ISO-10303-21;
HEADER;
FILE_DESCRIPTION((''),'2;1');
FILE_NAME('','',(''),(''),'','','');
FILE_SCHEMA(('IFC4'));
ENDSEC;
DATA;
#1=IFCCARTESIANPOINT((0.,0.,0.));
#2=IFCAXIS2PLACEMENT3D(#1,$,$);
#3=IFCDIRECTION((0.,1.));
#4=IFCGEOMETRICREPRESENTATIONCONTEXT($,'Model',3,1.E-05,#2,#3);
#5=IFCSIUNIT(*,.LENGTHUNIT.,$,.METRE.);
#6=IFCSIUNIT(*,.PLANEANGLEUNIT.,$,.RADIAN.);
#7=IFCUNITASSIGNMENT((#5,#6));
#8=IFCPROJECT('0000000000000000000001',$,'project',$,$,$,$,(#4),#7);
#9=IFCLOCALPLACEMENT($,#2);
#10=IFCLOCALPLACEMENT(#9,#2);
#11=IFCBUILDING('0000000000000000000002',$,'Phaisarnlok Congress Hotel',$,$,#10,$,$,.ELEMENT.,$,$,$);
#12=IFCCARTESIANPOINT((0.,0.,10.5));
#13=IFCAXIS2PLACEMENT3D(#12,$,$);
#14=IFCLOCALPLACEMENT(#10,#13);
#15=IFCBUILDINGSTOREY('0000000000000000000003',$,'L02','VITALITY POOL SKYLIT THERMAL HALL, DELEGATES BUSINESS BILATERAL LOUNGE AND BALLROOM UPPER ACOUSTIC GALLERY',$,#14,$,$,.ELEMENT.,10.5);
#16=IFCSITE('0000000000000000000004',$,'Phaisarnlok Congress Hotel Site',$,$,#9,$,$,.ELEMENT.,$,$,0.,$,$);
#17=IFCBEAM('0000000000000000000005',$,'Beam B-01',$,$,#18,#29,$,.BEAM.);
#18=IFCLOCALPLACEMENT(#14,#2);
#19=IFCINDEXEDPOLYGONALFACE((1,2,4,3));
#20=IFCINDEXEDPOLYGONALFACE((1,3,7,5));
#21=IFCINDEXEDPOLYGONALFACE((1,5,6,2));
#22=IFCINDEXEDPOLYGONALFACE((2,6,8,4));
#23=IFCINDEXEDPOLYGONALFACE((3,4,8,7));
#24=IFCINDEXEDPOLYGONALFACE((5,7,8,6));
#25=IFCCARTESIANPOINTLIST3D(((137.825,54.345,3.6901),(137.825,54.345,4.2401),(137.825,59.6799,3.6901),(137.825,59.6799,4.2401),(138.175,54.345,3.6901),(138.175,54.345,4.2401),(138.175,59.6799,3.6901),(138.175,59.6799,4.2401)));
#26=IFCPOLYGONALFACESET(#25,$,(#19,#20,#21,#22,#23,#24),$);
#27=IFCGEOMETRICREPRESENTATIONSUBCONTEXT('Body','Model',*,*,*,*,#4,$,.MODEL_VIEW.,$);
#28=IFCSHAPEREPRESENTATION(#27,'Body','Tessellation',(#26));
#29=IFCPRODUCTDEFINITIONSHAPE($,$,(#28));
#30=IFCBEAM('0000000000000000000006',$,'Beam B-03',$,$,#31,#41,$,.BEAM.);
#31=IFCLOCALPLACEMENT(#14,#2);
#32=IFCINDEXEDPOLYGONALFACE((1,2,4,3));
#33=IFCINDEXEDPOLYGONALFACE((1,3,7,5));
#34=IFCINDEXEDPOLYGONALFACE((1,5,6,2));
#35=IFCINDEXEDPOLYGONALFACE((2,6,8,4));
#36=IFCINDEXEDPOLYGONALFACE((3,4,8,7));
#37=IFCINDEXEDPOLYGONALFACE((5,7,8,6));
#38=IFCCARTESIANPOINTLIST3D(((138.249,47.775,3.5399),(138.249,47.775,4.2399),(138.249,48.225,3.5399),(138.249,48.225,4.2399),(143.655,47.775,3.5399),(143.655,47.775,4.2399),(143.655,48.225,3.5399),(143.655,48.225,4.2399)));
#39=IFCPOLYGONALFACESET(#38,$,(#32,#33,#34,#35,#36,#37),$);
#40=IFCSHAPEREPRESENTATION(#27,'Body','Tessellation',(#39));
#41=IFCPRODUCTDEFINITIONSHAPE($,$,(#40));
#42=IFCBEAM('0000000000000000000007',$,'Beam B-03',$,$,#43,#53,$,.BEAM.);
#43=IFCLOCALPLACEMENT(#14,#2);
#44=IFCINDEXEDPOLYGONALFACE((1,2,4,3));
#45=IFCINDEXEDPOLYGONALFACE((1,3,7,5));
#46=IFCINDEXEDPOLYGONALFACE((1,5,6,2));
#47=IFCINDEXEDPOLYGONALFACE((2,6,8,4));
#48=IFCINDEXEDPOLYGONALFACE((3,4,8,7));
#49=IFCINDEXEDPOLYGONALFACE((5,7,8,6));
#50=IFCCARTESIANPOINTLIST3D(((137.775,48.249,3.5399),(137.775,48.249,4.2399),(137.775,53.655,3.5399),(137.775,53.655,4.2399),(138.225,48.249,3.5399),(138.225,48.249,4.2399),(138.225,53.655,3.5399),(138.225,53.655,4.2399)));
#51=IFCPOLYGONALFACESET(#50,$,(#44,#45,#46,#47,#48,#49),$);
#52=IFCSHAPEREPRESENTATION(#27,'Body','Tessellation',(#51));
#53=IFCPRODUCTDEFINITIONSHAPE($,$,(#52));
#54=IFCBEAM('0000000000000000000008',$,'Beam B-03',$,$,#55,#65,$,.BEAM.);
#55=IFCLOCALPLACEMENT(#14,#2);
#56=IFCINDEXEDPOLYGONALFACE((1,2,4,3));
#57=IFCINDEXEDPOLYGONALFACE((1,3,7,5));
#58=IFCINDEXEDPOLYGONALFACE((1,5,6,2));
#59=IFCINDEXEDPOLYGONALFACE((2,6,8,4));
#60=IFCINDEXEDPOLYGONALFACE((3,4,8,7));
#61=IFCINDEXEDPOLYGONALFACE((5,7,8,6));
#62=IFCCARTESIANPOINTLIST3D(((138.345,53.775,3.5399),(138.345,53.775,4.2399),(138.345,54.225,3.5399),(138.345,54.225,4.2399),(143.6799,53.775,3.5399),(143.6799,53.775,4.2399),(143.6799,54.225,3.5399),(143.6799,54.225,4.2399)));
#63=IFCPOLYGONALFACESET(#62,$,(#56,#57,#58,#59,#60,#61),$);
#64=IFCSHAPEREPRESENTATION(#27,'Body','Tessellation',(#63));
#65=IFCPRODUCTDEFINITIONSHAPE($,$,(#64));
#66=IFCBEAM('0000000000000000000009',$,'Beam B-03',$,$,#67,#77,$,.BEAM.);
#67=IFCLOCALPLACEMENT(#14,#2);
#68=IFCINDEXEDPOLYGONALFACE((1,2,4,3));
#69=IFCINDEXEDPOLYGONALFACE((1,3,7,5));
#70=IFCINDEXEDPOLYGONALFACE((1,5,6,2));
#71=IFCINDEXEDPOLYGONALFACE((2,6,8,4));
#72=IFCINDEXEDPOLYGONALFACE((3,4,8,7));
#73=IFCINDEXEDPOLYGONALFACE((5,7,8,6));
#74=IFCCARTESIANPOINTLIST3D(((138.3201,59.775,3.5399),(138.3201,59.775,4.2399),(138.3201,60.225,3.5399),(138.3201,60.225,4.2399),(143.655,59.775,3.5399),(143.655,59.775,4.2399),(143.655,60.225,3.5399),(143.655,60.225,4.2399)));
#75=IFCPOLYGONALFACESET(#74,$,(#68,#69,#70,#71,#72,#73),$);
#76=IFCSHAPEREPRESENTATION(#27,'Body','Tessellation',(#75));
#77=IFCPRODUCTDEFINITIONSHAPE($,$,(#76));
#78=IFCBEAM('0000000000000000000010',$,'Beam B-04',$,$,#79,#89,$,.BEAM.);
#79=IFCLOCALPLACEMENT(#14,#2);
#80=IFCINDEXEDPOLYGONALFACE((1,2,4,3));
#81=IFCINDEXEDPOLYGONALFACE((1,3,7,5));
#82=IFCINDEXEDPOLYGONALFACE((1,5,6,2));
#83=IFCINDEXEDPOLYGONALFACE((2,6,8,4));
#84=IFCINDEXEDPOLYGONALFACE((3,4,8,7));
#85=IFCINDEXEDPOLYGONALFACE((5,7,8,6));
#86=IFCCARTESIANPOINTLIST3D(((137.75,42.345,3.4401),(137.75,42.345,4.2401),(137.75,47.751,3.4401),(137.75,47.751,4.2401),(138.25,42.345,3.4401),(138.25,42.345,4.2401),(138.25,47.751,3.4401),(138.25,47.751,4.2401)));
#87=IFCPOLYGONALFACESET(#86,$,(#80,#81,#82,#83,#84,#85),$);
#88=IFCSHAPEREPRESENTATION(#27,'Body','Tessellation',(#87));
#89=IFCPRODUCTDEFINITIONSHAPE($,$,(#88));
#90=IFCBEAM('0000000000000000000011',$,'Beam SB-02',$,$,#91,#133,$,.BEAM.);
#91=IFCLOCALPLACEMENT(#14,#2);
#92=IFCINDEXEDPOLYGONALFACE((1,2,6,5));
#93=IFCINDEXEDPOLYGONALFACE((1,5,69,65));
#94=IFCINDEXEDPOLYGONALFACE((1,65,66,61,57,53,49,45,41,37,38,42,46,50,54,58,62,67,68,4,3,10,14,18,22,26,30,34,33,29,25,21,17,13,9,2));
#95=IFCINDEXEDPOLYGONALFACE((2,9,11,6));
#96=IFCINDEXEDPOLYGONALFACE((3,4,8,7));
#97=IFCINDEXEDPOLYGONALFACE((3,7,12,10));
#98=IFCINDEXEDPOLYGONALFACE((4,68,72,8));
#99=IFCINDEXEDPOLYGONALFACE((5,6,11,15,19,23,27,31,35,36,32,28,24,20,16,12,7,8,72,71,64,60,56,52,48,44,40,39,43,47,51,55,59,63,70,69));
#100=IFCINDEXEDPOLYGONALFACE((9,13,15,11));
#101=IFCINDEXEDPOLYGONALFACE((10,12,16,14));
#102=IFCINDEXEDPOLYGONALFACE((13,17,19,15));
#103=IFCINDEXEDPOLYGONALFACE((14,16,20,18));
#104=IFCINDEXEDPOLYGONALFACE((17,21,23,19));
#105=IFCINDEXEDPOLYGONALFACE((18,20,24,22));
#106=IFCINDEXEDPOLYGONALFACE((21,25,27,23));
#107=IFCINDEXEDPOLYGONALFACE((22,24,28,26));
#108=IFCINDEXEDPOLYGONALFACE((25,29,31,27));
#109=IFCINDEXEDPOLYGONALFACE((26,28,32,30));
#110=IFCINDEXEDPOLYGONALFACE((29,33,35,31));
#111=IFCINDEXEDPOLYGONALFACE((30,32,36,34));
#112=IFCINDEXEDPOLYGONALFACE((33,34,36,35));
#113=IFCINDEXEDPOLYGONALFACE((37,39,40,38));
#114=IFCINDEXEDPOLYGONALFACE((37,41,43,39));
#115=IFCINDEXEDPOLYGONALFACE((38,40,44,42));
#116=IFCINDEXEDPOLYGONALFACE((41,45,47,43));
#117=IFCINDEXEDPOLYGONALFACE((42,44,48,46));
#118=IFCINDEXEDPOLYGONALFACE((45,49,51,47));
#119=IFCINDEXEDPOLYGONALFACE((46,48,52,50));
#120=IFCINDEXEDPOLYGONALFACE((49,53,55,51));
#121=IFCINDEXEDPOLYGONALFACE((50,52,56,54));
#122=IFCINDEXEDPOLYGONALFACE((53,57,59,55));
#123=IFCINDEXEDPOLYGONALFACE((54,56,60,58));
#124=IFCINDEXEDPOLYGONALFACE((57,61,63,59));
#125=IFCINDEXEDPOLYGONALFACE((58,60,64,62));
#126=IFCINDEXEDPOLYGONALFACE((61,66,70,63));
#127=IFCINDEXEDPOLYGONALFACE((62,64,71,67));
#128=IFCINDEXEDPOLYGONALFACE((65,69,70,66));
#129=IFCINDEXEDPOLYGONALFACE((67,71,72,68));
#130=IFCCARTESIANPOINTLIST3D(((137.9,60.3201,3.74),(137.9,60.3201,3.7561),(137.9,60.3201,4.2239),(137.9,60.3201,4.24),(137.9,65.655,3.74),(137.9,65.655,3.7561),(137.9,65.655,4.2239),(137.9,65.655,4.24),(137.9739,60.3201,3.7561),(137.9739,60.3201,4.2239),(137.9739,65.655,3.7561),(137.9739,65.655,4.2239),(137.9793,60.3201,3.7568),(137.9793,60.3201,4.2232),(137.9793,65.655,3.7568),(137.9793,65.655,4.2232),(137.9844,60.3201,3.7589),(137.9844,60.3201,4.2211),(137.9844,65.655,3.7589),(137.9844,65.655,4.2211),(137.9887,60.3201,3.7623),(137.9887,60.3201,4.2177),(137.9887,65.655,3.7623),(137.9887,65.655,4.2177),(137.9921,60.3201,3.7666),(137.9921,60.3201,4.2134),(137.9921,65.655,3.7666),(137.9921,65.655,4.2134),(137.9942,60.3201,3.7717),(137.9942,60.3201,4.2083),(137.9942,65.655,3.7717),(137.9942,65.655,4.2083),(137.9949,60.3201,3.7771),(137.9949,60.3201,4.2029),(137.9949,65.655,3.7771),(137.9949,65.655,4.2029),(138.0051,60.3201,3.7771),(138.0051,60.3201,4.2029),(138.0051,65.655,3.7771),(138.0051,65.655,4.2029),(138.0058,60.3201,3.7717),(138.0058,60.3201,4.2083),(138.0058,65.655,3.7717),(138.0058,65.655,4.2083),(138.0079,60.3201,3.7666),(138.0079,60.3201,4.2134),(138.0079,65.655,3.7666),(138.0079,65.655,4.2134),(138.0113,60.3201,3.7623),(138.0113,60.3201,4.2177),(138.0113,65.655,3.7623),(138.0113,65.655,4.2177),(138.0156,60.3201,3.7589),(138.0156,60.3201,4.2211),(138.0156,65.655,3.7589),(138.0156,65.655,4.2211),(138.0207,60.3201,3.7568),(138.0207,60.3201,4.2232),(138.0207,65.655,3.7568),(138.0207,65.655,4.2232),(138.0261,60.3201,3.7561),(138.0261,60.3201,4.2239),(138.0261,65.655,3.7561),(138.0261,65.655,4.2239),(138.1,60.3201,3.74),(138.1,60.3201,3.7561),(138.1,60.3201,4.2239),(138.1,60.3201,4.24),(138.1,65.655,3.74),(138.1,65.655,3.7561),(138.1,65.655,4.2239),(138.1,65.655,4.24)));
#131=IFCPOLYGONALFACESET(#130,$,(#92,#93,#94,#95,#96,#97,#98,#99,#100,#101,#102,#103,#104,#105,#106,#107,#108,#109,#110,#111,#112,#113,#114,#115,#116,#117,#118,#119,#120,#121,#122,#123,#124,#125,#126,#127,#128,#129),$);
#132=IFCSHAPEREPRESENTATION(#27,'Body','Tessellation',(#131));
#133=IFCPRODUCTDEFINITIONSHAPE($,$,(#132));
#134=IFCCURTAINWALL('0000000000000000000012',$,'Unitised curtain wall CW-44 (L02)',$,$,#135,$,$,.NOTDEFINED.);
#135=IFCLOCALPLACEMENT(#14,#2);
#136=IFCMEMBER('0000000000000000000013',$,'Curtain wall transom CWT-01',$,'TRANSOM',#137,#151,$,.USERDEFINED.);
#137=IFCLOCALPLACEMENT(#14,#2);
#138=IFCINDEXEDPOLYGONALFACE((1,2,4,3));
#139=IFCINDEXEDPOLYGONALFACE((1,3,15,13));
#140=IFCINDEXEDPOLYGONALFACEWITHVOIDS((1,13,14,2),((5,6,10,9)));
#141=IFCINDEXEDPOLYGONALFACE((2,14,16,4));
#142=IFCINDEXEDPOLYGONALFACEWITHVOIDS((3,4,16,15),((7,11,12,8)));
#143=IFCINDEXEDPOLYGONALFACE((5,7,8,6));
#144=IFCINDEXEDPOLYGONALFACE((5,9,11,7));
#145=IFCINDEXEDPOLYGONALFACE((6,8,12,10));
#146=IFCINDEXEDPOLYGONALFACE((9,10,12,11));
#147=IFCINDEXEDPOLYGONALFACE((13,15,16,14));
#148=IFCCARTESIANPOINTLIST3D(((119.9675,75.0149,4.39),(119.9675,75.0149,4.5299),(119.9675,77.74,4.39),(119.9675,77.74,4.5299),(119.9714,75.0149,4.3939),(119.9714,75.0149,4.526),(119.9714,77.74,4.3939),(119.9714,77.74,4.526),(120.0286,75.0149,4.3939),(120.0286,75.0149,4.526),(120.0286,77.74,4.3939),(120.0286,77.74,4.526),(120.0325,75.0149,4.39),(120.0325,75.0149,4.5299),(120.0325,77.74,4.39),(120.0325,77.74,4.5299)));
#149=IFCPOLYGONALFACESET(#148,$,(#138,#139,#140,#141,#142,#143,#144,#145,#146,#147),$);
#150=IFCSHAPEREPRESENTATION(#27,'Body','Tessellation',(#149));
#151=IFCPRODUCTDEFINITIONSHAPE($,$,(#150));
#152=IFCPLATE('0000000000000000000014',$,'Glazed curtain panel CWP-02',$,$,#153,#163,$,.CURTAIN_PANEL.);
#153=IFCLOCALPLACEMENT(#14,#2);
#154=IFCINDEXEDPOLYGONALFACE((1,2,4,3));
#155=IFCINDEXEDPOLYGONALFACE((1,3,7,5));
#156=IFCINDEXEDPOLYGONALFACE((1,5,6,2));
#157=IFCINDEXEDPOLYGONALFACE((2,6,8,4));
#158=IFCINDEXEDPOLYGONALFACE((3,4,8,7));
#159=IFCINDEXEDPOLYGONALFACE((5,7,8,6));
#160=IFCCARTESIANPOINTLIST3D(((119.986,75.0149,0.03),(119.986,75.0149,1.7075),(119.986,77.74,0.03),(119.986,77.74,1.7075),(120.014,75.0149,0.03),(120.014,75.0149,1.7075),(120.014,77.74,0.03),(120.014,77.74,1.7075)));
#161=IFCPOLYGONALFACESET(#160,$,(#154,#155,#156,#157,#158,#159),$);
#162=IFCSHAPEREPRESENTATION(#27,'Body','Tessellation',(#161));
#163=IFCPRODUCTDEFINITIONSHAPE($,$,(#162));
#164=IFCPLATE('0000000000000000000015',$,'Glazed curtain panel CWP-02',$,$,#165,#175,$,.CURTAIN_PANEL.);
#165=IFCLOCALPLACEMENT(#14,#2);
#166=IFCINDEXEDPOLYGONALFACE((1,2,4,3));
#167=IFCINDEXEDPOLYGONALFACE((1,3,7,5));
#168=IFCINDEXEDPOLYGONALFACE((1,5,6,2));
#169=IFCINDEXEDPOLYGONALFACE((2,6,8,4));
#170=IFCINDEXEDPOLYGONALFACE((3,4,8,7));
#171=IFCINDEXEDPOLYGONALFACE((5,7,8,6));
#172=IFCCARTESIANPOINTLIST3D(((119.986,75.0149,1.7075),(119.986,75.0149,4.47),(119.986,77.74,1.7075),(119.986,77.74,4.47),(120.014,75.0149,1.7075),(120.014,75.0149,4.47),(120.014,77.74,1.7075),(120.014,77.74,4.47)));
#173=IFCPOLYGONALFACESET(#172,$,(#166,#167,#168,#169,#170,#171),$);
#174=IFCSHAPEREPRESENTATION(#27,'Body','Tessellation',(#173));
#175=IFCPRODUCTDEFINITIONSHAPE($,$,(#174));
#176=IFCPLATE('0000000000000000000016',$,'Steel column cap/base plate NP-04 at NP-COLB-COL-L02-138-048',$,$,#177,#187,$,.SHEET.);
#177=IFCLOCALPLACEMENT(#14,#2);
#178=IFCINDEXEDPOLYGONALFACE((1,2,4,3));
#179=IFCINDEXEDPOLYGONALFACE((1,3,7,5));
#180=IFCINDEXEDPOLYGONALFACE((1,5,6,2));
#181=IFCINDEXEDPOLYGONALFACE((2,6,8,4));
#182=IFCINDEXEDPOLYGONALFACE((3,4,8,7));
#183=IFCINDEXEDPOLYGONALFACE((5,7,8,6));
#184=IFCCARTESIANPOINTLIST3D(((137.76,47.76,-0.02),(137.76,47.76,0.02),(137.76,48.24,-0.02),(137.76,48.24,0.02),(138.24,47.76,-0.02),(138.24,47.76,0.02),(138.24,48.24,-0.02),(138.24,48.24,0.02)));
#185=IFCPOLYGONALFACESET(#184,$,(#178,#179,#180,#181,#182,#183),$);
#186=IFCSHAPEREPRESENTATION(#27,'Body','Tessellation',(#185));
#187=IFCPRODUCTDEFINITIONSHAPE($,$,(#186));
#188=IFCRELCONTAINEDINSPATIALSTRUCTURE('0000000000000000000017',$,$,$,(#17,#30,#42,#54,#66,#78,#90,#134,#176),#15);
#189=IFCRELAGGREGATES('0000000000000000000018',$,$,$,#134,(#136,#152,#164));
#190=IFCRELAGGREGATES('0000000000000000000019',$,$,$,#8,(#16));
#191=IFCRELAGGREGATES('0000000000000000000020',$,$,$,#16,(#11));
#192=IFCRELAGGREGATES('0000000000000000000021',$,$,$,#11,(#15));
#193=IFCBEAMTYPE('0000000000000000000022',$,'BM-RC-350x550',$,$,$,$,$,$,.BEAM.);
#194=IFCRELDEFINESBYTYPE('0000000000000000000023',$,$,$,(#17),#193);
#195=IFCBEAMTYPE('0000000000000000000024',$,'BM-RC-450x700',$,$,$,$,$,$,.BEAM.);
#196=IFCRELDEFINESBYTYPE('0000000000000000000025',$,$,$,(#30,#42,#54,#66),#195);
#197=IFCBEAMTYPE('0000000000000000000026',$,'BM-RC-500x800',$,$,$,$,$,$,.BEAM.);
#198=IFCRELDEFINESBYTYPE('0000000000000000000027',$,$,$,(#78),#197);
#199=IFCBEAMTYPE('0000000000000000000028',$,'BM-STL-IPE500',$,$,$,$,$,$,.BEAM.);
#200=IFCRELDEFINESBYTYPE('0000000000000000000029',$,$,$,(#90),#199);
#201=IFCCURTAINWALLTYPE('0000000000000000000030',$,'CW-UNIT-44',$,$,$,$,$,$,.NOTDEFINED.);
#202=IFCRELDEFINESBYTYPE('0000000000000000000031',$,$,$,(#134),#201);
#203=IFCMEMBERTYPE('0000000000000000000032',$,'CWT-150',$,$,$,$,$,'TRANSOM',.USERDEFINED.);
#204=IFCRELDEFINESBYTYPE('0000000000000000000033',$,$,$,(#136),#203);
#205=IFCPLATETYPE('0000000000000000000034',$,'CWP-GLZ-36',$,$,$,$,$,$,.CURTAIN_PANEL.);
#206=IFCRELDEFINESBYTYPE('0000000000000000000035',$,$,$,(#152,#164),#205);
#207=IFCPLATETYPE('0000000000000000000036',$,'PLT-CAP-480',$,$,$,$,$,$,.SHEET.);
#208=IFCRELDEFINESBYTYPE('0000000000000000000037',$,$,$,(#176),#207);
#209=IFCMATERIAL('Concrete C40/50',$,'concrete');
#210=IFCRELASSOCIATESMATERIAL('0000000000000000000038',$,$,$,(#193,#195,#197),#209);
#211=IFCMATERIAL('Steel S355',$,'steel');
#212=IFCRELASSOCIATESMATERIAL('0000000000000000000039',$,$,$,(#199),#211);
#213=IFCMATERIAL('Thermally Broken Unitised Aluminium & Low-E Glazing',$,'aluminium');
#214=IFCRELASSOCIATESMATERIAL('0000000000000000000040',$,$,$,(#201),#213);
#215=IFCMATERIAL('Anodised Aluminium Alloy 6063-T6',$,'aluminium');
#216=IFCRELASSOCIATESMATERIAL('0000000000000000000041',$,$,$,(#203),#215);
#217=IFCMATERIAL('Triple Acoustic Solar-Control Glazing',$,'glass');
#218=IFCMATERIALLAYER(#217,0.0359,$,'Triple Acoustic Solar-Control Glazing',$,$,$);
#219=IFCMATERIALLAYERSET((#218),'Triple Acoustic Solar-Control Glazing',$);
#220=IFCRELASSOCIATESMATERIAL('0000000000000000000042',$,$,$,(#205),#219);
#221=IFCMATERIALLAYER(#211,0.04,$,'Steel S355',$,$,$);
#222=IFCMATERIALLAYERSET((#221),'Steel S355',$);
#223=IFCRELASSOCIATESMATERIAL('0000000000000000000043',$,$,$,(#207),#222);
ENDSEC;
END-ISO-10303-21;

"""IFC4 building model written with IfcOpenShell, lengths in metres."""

from ifc_helpers import new_model, si_unit, direction, frame, frame_2d, origin, origin_2d, place, context, subcontext, project, spatial, rectangle, hollow_rectangle, i_section, extrude, material, layer, layer_set, material_profile, profile_set, type_object, element, aggregate, save


model = new_model("IFC4")

# Units and contexts
model_context = context("Model", 3, precision=1e-05, world=origin(), true_north=direction((0.0, 1.0)))
body_context = subcontext(model_context, "Body", "Model", "MODEL_VIEW")
ifc_project = project(units=[si_unit("LENGTHUNIT", "METRE"), si_unit("PLANEANGLEUNIT", "RADIAN")], contexts=[model_context])

# Site, building, storey
site_placement = place(None, origin())
site = spatial("IfcSite", under=ifc_project, at=site_placement, Name="Phaisarnlok Congress Hotel Site", CompositionType="ELEMENT", RefElevation=0.0)
building_placement = place(site_placement, origin())
building = spatial("IfcBuilding", under=site, at=building_placement, Name="Phaisarnlok Congress Hotel", CompositionType="ELEMENT")
storey_placement = place(building_placement, frame((0.0, 0.0, 10.5)))
storey = spatial("IfcBuildingStorey", under=building, at=storey_placement, Name="L02", Description="VITALITY POOL SKYLIT THERMAL HALL, DELEGATES BUSINESS BILATERAL LOUNGE AND BALLROOM UPPER ACOUSTIC GALLERY", CompositionType="ELEMENT", Elevation=10.5)

# Shared definitions
ifc_material_1 = material(Name="Steel S355", Category="steel")

# Beams
ifc_material_2 = material(Name="Concrete C40/50", Category="concrete")
ifc_material_profile_1 = material_profile(ifc_material_2, rectangle(XDim=0.3501, YDim=0.55, at=origin_2d()), Name="RC 350x550")
ifc_profile_set_1 = profile_set([ifc_material_profile_1], Name="Concrete C40/50")
beam_type_1 = type_object("IfcBeamType", Name="BM-RC-350x550", PredefinedType="BEAM", material=ifc_profile_set_1)
beam_1_placement = place(storey_placement, frame((138.0, 54.345, 3.9651), z_axis=(0.0, 1.0, 0.0), x_axis=(-1.0, 0.0, 0.0)))
element("IfcBeam", 1, at=beam_1_placement, inside=storey, type_object=beam_type_1, Name="Beam B-01", PredefinedType="BEAM", context=body_context, shape_type="SweptSolid", body=[
    extrude(rectangle(XDim=0.3501, YDim=0.55, at=origin_2d()), origin(), (0.0, 0.0, 1.0), 5.335),
])
ifc_material_profile_2 = material_profile(ifc_material_2, rectangle(XDim=0.45, YDim=0.7, at=origin_2d()), Name="RC 450x700")
ifc_profile_set_2 = profile_set([ifc_material_profile_2], Name="Concrete C40/50")
beam_type_2 = type_object("IfcBeamType", Name="BM-RC-450x700", PredefinedType="BEAM", material=ifc_profile_set_2)
for number, where, z_axis, x_axis, name in (
    (2, (138.249, 48.0, 3.8899), (1.0, 0.0, 0.0), (0.0, 1.0, 0.0), "Beam B-03"),
    (3, (138.0, 48.249, 3.8899), (0.0, 1.0, 0.0), (-1.0, 0.0, 0.0), "Beam B-03"),
):
    element("IfcBeam", number, at=place(storey_placement, frame(where, z_axis=z_axis, x_axis=x_axis)), inside=storey, type_object=beam_type_2, Name=name, PredefinedType="BEAM", context=body_context, shape_type="SweptSolid", body=[
        extrude(rectangle(XDim=0.45, YDim=0.7, at=origin_2d()), origin(), (0.0, 0.0, 1.0), 5.406),
    ])
for number, where, z_axis, x_axis, name in (
    (4, (138.345, 54.0, 3.8899), (1.0, 0.0, 0.0), (0.0, 1.0, 0.0), "Beam B-03"),
    (5, (138.3201, 60.0, 3.8899), (1.0, 0.0, 0.0), (0.0, 1.0, 0.0), "Beam B-03"),
):
    element("IfcBeam", number, at=place(storey_placement, frame(where, z_axis=z_axis, x_axis=x_axis)), inside=storey, type_object=beam_type_2, Name=name, PredefinedType="BEAM", context=body_context, shape_type="SweptSolid", body=[
        extrude(rectangle(XDim=0.45, YDim=0.7, at=origin_2d()), origin(), (0.0, 0.0, 1.0), 5.335),
    ])
ifc_material_profile_3 = material_profile(ifc_material_2, rectangle(XDim=0.5, YDim=0.8, at=origin_2d()), Name="RC 500x800")
ifc_profile_set_3 = profile_set([ifc_material_profile_3], Name="Concrete C40/50")
beam_type_3 = type_object("IfcBeamType", Name="BM-RC-500x800", PredefinedType="BEAM", material=ifc_profile_set_3)
beam_2_placement = place(storey_placement, frame((138.0, 42.345, 3.8401), z_axis=(0.0, 1.0, 0.0), x_axis=(-1.0, 0.0, 0.0)))
element("IfcBeam", 6, at=beam_2_placement, inside=storey, type_object=beam_type_3, Name="Beam B-04", PredefinedType="BEAM", context=body_context, shape_type="SweptSolid", body=[
    extrude(rectangle(XDim=0.5, YDim=0.8, at=origin_2d()), origin(), (0.0, 0.0, 1.0), 5.406),
])
ifc_material_profile_4 = material_profile(ifc_material_1, i_section(OverallWidth=0.2, OverallDepth=0.5, WebThickness=0.0103, FlangeThickness=0.0161, FilletRadius=0.021, at=origin_2d()), Name="IPE 500")
ifc_profile_set_4 = profile_set([ifc_material_profile_4], Name="Steel S355")
beam_type_4 = type_object("IfcBeamType", Name="BM-STL-IPE500", PredefinedType="BEAM", material=ifc_profile_set_4)
beam_3_placement = place(storey_placement, frame((138.0, 60.3201, 3.99), z_axis=(0.0, 1.0, 0.0), x_axis=(-1.0, 0.0, 0.0)))
element("IfcBeam", 7, at=beam_3_placement, inside=storey, type_object=beam_type_4, Name="Beam SB-02", PredefinedType="BEAM", context=body_context, shape_type="SweptSolid", body=[
    extrude(i_section(OverallWidth=0.2, OverallDepth=0.5, WebThickness=0.0103, FlangeThickness=0.0161, FilletRadius=0.021, at=origin_2d()), origin(), (0.0, 0.0, 1.0), 5.335),
])

# Curtain wall, member, plates
ifc_material_3 = material(Name="Thermally Broken Unitised Aluminium & Low-E Glazing", Category="aluminium")
curtain_wall_type = type_object("IfcCurtainWallType", Name="CW-UNIT-44", PredefinedType="NOTDEFINED", material=ifc_material_3)
curtain_wall_placement = place(storey_placement, origin())
curtain_wall = element("IfcCurtainWall", 8, at=curtain_wall_placement, inside=storey, type_object=curtain_wall_type, Name="Unitised curtain wall CW-44 (L02)", PredefinedType="NOTDEFINED")
ifc_material_4 = material(Name="Anodised Aluminium Alloy 6063-T6", Category="aluminium")
ifc_material_profile_5 = material_profile(ifc_material_4, hollow_rectangle(XDim=0.0649, YDim=0.1399, WallThickness=0.0039, at=origin_2d()), Name="ALU-T 65x140x4")
ifc_profile_set_5 = profile_set([ifc_material_profile_5], Name="Anodised Aluminium Alloy 6063-T6")
member_type = type_object("IfcMemberType", Name="CWT-150", ElementType="TRANSOM", PredefinedType="USERDEFINED", material=ifc_profile_set_5)
member_placement = place(storey_placement, frame((120.0, 77.74, 4.46), z_axis=(0.0, -1.0, 0.0), x_axis=(1.0, 0.0, 0.0)))
member = element("IfcMember", 9, at=member_placement, type_object=member_type, Name="Curtain wall transom CWT-01", ObjectType="TRANSOM", PredefinedType="USERDEFINED", context=body_context, shape_type="SweptSolid", body=[
    extrude(hollow_rectangle(XDim=0.0649, YDim=0.1399, WallThickness=0.0039, at=origin_2d()), origin(), (0.0, 0.0, 1.0), 2.7251),
])
ifc_material_5 = material(Name="Triple Acoustic Solar-Control Glazing", Category="glass")
ifc_layer_1 = layer(ifc_material_5, 0.0359, Name="Triple Acoustic Solar-Control Glazing")
ifc_layer_set_1 = layer_set([ifc_layer_1], Name="Triple Acoustic Solar-Control Glazing")
plate_type_1 = type_object("IfcPlateType", Name="CWP-GLZ-36", PredefinedType="CURTAIN_PANEL", material=ifc_layer_set_1)
plate_1_placement = place(storey_placement, frame((120.0, 77.74, 0.03), z_axis=(0.0, 0.0, 1.0), x_axis=(0.0, -1.0, 0.0)))
plate_1 = element("IfcPlate", 10, at=plate_1_placement, type_object=plate_type_1, Name="Glazed curtain panel CWP-02", PredefinedType="CURTAIN_PANEL", context=body_context, shape_type="SweptSolid", body=[
    extrude(rectangle(XDim=2.7251, YDim=0.0281, at=frame_2d((1.3625, 0.0))), origin(), (0.0, 0.0, 1.0), 1.6775),
])
plate_2_placement = place(storey_placement, frame((120.0, 77.74, 1.7075), z_axis=(0.0, 0.0, 1.0), x_axis=(0.0, -1.0, 0.0)))
plate_2 = element("IfcPlate", 11, at=plate_2_placement, type_object=plate_type_1, Name="Glazed curtain panel CWP-02", PredefinedType="CURTAIN_PANEL", context=body_context, shape_type="SweptSolid", body=[
    extrude(rectangle(XDim=2.7251, YDim=0.0281, at=frame_2d((1.3625, 0.0))), origin(), (0.0, 0.0, 1.0), 2.7625),
])
aggregate(curtain_wall, [member, plate_1, plate_2])

# Plate
ifc_layer_2 = layer(ifc_material_1, 0.04, Name="Steel S355")
ifc_layer_set_2 = layer_set([ifc_layer_2], Name="Steel S355")
plate_type_2 = type_object("IfcPlateType", Name="PLT-CAP-480", PredefinedType="SHEET", material=ifc_layer_set_2)
for number, where, z_axis, x_axis, name in (
    (12, (138.0, 48.0, -0.02), (0.0, 0.0, 1.0), (1.0, 0.0, 0.0), "Steel column cap/base plate NP-04 at NP-COLB-COL-L02-138-048"),
):
    element("IfcPlate", number, at=place(storey_placement, frame(where, z_axis=z_axis, x_axis=x_axis)), inside=storey, type_object=plate_type_2, Name=name, PredefinedType="SHEET", context=body_context, shape_type="SweptSolid", body=[
        extrude(rectangle(XDim=0.48, YDim=0.48, at=origin_2d()), origin(), (0.0, 0.0, 1.0), 0.04),
    ])

save(model, "model.ifc")
